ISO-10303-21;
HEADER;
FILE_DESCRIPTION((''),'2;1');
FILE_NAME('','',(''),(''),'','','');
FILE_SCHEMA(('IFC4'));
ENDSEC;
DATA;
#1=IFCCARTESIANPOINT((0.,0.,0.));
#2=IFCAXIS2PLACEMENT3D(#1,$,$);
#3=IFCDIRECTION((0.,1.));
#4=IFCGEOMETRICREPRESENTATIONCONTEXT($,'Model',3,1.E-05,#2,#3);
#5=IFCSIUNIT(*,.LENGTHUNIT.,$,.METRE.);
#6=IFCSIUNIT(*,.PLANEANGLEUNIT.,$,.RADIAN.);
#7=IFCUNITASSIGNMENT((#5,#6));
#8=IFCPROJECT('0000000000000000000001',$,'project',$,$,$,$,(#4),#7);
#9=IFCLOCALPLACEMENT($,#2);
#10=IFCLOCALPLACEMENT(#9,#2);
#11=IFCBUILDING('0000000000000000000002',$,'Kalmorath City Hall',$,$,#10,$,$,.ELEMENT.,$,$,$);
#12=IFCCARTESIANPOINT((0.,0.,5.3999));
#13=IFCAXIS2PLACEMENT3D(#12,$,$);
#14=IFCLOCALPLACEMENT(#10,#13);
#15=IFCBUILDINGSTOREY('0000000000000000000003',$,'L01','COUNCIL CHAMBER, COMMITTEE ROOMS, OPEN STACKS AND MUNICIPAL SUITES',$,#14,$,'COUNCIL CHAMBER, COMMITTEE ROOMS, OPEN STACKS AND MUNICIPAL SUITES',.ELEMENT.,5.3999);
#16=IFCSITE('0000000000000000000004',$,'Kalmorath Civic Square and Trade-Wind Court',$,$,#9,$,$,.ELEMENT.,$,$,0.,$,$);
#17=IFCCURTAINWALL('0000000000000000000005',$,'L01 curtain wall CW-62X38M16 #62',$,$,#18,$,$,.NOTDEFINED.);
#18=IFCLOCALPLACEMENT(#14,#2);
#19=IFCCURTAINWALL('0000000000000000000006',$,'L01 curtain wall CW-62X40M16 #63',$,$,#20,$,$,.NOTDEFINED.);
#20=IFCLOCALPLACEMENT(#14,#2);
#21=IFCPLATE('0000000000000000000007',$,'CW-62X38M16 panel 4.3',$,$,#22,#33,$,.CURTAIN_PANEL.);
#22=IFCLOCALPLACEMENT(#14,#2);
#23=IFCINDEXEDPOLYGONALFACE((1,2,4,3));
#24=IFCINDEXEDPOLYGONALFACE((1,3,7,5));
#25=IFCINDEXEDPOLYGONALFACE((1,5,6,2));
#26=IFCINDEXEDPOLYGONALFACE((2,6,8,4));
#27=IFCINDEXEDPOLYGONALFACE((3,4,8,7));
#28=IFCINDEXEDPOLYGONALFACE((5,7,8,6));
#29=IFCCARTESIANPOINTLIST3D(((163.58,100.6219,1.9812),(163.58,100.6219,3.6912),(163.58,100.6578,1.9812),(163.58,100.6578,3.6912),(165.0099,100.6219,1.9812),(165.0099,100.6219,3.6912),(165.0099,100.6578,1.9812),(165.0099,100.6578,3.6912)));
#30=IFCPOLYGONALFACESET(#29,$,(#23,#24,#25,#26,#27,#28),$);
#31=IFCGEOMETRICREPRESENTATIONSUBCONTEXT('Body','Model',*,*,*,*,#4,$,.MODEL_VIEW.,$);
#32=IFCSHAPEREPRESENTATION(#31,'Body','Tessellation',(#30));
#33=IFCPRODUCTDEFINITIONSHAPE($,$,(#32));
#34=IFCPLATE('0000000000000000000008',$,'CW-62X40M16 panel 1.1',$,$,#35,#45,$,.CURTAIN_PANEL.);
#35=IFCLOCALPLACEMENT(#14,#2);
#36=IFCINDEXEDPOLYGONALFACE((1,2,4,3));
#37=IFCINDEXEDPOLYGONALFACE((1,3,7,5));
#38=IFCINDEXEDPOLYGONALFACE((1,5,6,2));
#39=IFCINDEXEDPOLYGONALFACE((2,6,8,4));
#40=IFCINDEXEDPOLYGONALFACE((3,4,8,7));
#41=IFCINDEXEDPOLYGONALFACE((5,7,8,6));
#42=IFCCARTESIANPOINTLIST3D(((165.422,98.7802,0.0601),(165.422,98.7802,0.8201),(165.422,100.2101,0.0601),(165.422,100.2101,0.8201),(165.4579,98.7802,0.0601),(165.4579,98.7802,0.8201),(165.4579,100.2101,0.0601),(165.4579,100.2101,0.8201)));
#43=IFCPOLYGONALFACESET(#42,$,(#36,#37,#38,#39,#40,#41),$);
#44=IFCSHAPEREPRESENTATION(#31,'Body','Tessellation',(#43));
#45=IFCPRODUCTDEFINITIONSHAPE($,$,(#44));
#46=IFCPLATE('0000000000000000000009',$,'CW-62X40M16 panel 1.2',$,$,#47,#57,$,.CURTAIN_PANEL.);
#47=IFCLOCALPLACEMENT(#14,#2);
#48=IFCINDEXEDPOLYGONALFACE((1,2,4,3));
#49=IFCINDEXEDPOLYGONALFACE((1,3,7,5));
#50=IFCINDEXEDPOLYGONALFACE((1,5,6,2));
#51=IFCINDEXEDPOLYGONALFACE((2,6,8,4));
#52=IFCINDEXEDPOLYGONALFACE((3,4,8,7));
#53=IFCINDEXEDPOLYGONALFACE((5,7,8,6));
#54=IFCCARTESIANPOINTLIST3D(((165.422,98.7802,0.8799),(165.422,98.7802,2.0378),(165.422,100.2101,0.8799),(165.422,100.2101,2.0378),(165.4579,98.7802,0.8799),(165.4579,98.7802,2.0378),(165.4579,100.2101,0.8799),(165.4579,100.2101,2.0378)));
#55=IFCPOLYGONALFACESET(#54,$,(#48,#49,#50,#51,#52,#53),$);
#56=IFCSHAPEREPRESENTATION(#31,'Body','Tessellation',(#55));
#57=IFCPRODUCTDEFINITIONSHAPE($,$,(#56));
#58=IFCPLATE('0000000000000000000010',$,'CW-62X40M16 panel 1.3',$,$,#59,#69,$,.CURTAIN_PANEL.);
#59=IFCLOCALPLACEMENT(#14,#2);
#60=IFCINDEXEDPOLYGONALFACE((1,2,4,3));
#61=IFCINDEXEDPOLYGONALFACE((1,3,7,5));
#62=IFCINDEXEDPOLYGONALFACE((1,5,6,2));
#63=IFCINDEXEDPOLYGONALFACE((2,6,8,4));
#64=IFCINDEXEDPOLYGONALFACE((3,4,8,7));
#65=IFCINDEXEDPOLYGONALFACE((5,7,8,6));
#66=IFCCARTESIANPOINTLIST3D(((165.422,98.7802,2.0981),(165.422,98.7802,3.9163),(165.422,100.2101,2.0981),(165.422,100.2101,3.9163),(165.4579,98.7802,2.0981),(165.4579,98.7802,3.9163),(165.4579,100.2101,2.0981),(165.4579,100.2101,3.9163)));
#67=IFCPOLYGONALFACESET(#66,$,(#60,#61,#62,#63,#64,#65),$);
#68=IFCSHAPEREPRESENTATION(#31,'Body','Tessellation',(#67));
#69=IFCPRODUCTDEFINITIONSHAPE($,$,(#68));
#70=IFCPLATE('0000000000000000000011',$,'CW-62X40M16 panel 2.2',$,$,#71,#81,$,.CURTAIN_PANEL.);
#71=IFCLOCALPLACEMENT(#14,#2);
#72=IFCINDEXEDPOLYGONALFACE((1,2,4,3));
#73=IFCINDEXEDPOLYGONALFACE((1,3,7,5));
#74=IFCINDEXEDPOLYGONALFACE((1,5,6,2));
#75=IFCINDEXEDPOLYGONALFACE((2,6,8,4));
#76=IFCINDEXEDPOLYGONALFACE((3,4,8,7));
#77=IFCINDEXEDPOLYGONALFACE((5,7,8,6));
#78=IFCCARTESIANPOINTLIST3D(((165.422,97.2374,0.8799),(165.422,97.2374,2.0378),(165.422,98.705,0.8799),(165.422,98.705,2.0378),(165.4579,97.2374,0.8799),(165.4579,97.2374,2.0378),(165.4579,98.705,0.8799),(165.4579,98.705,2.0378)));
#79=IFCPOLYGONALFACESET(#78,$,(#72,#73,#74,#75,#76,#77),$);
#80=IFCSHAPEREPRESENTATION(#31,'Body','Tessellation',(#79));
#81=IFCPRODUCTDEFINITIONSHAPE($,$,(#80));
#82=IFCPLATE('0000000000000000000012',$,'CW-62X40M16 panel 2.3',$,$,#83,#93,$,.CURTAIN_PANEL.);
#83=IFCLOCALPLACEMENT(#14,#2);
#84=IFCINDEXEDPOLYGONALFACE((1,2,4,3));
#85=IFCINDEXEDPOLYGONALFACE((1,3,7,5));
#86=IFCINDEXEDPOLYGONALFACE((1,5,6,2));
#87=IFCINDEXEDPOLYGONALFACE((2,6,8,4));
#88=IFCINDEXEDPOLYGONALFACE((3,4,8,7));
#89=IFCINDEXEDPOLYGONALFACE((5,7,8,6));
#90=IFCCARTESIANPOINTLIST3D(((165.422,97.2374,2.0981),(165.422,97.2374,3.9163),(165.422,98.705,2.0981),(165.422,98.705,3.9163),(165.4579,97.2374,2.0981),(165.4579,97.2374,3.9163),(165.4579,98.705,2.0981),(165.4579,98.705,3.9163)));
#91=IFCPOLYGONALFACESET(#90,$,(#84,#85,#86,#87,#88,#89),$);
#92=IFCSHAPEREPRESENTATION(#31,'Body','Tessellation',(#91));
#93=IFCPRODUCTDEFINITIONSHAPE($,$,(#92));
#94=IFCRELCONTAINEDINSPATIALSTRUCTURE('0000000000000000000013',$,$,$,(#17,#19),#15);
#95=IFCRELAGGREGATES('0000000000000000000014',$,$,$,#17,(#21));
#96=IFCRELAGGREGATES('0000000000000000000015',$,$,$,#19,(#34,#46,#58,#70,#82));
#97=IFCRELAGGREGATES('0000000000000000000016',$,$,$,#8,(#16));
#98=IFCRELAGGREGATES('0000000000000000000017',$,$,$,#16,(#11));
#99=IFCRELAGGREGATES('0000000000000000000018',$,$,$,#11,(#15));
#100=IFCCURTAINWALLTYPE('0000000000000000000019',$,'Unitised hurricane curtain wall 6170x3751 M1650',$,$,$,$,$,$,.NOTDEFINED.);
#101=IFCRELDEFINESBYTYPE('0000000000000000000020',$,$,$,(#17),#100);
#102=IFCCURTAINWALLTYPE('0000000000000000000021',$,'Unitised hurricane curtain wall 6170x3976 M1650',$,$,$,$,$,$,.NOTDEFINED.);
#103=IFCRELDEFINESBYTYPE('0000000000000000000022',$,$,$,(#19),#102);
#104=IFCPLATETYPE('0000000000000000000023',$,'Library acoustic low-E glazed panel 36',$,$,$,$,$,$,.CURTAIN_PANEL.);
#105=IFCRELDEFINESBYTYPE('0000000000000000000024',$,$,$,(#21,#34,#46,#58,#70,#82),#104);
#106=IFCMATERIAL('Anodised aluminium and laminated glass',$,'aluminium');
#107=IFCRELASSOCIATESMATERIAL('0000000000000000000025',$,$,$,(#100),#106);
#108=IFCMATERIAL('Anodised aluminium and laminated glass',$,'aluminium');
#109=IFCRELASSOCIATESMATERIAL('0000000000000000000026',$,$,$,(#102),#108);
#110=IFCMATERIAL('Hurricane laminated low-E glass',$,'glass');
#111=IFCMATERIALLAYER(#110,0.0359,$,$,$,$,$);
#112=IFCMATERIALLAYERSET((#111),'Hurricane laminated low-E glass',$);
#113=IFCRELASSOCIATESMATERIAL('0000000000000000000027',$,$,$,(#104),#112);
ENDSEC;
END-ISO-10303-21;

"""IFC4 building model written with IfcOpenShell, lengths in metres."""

from ifc_helpers import new_model, si_unit, direction, frame, origin, origin_2d, place, context, subcontext, project, spatial, rectangle, extrude, material, layer, layer_set, type_object, element, aggregate, save


model = new_model("IFC4")

# Units and contexts
model_context = context("Model", 3, precision=1e-05, world=origin(), true_north=direction((0.0, 1.0)))
body_context = subcontext(model_context, "Body", "Model", "MODEL_VIEW")
ifc_project = project(units=[si_unit("LENGTHUNIT", "METRE"), si_unit("PLANEANGLEUNIT", "RADIAN")], contexts=[model_context])

# Site, building, storey
site_placement = place(None, origin())
site = spatial("IfcSite", under=ifc_project, at=site_placement, Name="Kalmorath Civic Square and Trade-Wind Court", CompositionType="ELEMENT", RefElevation=0.0)
building_placement = place(site_placement, origin())
building = spatial("IfcBuilding", under=site, at=building_placement, Name="Kalmorath City Hall", CompositionType="ELEMENT")
storey_placement = place(building_placement, frame((0.0, 0.0, 5.3999)))
storey = spatial("IfcBuildingStorey", under=building, at=storey_placement, Name="L01", Description="COUNCIL CHAMBER, COMMITTEE ROOMS, OPEN STACKS AND MUNICIPAL SUITES", LongName="COUNCIL CHAMBER, COMMITTEE ROOMS, OPEN STACKS AND MUNICIPAL SUITES", CompositionType="ELEMENT", Elevation=5.3999)

# Curtain walls
ifc_material_1 = material(Name="Anodised aluminium and laminated glass", Category="aluminium")
curtain_wall_type_1 = type_object("IfcCurtainWallType", Name="Unitised hurricane curtain wall 6170x3751 M1650", PredefinedType="NOTDEFINED", material=ifc_material_1)
curtain_wall_1_placement = place(storey_placement, origin())
curtain_wall_1 = element("IfcCurtainWall", 1, at=curtain_wall_1_placement, inside=storey, type_object=curtain_wall_type_1, Name="L01 curtain wall CW-62X38M16 #62", PredefinedType="NOTDEFINED")
ifc_material_2 = material(Name="Anodised aluminium and laminated glass", Category="aluminium")
curtain_wall_type_2 = type_object("IfcCurtainWallType", Name="Unitised hurricane curtain wall 6170x3976 M1650", PredefinedType="NOTDEFINED", material=ifc_material_2)
curtain_wall_2_placement = place(storey_placement, origin())
curtain_wall_2 = element("IfcCurtainWall", 2, at=curtain_wall_2_placement, inside=storey, type_object=curtain_wall_type_2, Name="L01 curtain wall CW-62X40M16 #63", PredefinedType="NOTDEFINED")

# Plates
ifc_material_3 = material(Name="Hurricane laminated low-E glass", Category="glass")
ifc_layer = layer(ifc_material_3, 0.0359)
ifc_layer_set = layer_set([ifc_layer], Name="Hurricane laminated low-E glass")
plate_type = type_object("IfcPlateType", Name="Library acoustic low-E glazed panel 36", PredefinedType="CURTAIN_PANEL", material=ifc_layer_set)
plate_1_placement = place(storey_placement, frame((164.2949, 100.6399, 1.9812), z_axis=(0.0, 0.0, 1.0), x_axis=(1.0, 0.0, 0.0)))
plate_1 = element("IfcPlate", 3, at=plate_1_placement, type_object=plate_type, Name="CW-62X38M16 panel 4.3", PredefinedType="CURTAIN_PANEL", context=body_context, shape_type="SweptSolid", body=[
    extrude(rectangle(XDim=1.4299, YDim=0.0359, at=origin_2d()), origin(), (0.0, 0.0, 1.0), 1.71),
])
aggregate(curtain_wall_1, [plate_1])
plate_2_placement = place(storey_placement, frame((165.4399, 99.4951, 0.0601), z_axis=(0.0, 0.0, 1.0), x_axis=(0.0, -1.0, 0.0)))
plate_2 = element("IfcPlate", 4, at=plate_2_placement, type_object=plate_type, Name="CW-62X40M16 panel 1.1", PredefinedType="CURTAIN_PANEL", context=body_context, shape_type="SweptSolid", body=[
    extrude(rectangle(XDim=1.4299, YDim=0.0359, at=origin_2d()), origin(), (0.0, 0.0, 1.0), 0.76),
])
plate_3_placement = place(storey_placement, frame((165.4399, 99.4951, 0.8799), z_axis=(0.0, 0.0, 1.0), x_axis=(0.0, -1.0, 0.0)))
plate_3 = element("IfcPlate", 5, at=plate_3_placement, type_object=plate_type, Name="CW-62X40M16 panel 1.2", PredefinedType="CURTAIN_PANEL", context=body_context, shape_type="SweptSolid", body=[
    extrude(rectangle(XDim=1.4299, YDim=0.0359, at=origin_2d()), origin(), (0.0, 0.0, 1.0), 1.158),
])
plate_4_placement = place(storey_placement, frame((165.4399, 99.4951, 2.0981), z_axis=(0.0, 0.0, 1.0), x_axis=(0.0, -1.0, 0.0)))
plate_4 = element("IfcPlate", 6, at=plate_4_placement, type_object=plate_type, Name="CW-62X40M16 panel 1.3", PredefinedType="CURTAIN_PANEL", context=body_context, shape_type="SweptSolid", body=[
    extrude(rectangle(XDim=1.4299, YDim=0.0359, at=origin_2d()), origin(), (0.0, 0.0, 1.0), 1.8181),
])
plate_5_placement = place(storey_placement, frame((165.4399, 97.9712, 0.8799), z_axis=(0.0, 0.0, 1.0), x_axis=(0.0, -1.0, 0.0)))
plate_5 = element("IfcPlate", 7, at=plate_5_placement, type_object=plate_type, Name="CW-62X40M16 panel 2.2", PredefinedType="CURTAIN_PANEL", context=body_context, shape_type="SweptSolid", body=[
    extrude(rectangle(XDim=1.4675, YDim=0.0359, at=origin_2d()), origin(), (0.0, 0.0, 1.0), 1.158),
])
plate_6_placement = place(storey_placement, frame((165.4399, 97.9712, 2.0981), z_axis=(0.0, 0.0, 1.0), x_axis=(0.0, -1.0, 0.0)))
plate_6 = element("IfcPlate", 8, at=plate_6_placement, type_object=plate_type, Name="CW-62X40M16 panel 2.3", PredefinedType="CURTAIN_PANEL", context=body_context, shape_type="SweptSolid", body=[
    extrude(rectangle(XDim=1.4675, YDim=0.0359, at=origin_2d()), origin(), (0.0, 0.0, 1.0), 1.8181),
])
aggregate(curtain_wall_2, [plate_2, plate_3, plate_4, plate_5, plate_6])

save(model, "model.ifc")
